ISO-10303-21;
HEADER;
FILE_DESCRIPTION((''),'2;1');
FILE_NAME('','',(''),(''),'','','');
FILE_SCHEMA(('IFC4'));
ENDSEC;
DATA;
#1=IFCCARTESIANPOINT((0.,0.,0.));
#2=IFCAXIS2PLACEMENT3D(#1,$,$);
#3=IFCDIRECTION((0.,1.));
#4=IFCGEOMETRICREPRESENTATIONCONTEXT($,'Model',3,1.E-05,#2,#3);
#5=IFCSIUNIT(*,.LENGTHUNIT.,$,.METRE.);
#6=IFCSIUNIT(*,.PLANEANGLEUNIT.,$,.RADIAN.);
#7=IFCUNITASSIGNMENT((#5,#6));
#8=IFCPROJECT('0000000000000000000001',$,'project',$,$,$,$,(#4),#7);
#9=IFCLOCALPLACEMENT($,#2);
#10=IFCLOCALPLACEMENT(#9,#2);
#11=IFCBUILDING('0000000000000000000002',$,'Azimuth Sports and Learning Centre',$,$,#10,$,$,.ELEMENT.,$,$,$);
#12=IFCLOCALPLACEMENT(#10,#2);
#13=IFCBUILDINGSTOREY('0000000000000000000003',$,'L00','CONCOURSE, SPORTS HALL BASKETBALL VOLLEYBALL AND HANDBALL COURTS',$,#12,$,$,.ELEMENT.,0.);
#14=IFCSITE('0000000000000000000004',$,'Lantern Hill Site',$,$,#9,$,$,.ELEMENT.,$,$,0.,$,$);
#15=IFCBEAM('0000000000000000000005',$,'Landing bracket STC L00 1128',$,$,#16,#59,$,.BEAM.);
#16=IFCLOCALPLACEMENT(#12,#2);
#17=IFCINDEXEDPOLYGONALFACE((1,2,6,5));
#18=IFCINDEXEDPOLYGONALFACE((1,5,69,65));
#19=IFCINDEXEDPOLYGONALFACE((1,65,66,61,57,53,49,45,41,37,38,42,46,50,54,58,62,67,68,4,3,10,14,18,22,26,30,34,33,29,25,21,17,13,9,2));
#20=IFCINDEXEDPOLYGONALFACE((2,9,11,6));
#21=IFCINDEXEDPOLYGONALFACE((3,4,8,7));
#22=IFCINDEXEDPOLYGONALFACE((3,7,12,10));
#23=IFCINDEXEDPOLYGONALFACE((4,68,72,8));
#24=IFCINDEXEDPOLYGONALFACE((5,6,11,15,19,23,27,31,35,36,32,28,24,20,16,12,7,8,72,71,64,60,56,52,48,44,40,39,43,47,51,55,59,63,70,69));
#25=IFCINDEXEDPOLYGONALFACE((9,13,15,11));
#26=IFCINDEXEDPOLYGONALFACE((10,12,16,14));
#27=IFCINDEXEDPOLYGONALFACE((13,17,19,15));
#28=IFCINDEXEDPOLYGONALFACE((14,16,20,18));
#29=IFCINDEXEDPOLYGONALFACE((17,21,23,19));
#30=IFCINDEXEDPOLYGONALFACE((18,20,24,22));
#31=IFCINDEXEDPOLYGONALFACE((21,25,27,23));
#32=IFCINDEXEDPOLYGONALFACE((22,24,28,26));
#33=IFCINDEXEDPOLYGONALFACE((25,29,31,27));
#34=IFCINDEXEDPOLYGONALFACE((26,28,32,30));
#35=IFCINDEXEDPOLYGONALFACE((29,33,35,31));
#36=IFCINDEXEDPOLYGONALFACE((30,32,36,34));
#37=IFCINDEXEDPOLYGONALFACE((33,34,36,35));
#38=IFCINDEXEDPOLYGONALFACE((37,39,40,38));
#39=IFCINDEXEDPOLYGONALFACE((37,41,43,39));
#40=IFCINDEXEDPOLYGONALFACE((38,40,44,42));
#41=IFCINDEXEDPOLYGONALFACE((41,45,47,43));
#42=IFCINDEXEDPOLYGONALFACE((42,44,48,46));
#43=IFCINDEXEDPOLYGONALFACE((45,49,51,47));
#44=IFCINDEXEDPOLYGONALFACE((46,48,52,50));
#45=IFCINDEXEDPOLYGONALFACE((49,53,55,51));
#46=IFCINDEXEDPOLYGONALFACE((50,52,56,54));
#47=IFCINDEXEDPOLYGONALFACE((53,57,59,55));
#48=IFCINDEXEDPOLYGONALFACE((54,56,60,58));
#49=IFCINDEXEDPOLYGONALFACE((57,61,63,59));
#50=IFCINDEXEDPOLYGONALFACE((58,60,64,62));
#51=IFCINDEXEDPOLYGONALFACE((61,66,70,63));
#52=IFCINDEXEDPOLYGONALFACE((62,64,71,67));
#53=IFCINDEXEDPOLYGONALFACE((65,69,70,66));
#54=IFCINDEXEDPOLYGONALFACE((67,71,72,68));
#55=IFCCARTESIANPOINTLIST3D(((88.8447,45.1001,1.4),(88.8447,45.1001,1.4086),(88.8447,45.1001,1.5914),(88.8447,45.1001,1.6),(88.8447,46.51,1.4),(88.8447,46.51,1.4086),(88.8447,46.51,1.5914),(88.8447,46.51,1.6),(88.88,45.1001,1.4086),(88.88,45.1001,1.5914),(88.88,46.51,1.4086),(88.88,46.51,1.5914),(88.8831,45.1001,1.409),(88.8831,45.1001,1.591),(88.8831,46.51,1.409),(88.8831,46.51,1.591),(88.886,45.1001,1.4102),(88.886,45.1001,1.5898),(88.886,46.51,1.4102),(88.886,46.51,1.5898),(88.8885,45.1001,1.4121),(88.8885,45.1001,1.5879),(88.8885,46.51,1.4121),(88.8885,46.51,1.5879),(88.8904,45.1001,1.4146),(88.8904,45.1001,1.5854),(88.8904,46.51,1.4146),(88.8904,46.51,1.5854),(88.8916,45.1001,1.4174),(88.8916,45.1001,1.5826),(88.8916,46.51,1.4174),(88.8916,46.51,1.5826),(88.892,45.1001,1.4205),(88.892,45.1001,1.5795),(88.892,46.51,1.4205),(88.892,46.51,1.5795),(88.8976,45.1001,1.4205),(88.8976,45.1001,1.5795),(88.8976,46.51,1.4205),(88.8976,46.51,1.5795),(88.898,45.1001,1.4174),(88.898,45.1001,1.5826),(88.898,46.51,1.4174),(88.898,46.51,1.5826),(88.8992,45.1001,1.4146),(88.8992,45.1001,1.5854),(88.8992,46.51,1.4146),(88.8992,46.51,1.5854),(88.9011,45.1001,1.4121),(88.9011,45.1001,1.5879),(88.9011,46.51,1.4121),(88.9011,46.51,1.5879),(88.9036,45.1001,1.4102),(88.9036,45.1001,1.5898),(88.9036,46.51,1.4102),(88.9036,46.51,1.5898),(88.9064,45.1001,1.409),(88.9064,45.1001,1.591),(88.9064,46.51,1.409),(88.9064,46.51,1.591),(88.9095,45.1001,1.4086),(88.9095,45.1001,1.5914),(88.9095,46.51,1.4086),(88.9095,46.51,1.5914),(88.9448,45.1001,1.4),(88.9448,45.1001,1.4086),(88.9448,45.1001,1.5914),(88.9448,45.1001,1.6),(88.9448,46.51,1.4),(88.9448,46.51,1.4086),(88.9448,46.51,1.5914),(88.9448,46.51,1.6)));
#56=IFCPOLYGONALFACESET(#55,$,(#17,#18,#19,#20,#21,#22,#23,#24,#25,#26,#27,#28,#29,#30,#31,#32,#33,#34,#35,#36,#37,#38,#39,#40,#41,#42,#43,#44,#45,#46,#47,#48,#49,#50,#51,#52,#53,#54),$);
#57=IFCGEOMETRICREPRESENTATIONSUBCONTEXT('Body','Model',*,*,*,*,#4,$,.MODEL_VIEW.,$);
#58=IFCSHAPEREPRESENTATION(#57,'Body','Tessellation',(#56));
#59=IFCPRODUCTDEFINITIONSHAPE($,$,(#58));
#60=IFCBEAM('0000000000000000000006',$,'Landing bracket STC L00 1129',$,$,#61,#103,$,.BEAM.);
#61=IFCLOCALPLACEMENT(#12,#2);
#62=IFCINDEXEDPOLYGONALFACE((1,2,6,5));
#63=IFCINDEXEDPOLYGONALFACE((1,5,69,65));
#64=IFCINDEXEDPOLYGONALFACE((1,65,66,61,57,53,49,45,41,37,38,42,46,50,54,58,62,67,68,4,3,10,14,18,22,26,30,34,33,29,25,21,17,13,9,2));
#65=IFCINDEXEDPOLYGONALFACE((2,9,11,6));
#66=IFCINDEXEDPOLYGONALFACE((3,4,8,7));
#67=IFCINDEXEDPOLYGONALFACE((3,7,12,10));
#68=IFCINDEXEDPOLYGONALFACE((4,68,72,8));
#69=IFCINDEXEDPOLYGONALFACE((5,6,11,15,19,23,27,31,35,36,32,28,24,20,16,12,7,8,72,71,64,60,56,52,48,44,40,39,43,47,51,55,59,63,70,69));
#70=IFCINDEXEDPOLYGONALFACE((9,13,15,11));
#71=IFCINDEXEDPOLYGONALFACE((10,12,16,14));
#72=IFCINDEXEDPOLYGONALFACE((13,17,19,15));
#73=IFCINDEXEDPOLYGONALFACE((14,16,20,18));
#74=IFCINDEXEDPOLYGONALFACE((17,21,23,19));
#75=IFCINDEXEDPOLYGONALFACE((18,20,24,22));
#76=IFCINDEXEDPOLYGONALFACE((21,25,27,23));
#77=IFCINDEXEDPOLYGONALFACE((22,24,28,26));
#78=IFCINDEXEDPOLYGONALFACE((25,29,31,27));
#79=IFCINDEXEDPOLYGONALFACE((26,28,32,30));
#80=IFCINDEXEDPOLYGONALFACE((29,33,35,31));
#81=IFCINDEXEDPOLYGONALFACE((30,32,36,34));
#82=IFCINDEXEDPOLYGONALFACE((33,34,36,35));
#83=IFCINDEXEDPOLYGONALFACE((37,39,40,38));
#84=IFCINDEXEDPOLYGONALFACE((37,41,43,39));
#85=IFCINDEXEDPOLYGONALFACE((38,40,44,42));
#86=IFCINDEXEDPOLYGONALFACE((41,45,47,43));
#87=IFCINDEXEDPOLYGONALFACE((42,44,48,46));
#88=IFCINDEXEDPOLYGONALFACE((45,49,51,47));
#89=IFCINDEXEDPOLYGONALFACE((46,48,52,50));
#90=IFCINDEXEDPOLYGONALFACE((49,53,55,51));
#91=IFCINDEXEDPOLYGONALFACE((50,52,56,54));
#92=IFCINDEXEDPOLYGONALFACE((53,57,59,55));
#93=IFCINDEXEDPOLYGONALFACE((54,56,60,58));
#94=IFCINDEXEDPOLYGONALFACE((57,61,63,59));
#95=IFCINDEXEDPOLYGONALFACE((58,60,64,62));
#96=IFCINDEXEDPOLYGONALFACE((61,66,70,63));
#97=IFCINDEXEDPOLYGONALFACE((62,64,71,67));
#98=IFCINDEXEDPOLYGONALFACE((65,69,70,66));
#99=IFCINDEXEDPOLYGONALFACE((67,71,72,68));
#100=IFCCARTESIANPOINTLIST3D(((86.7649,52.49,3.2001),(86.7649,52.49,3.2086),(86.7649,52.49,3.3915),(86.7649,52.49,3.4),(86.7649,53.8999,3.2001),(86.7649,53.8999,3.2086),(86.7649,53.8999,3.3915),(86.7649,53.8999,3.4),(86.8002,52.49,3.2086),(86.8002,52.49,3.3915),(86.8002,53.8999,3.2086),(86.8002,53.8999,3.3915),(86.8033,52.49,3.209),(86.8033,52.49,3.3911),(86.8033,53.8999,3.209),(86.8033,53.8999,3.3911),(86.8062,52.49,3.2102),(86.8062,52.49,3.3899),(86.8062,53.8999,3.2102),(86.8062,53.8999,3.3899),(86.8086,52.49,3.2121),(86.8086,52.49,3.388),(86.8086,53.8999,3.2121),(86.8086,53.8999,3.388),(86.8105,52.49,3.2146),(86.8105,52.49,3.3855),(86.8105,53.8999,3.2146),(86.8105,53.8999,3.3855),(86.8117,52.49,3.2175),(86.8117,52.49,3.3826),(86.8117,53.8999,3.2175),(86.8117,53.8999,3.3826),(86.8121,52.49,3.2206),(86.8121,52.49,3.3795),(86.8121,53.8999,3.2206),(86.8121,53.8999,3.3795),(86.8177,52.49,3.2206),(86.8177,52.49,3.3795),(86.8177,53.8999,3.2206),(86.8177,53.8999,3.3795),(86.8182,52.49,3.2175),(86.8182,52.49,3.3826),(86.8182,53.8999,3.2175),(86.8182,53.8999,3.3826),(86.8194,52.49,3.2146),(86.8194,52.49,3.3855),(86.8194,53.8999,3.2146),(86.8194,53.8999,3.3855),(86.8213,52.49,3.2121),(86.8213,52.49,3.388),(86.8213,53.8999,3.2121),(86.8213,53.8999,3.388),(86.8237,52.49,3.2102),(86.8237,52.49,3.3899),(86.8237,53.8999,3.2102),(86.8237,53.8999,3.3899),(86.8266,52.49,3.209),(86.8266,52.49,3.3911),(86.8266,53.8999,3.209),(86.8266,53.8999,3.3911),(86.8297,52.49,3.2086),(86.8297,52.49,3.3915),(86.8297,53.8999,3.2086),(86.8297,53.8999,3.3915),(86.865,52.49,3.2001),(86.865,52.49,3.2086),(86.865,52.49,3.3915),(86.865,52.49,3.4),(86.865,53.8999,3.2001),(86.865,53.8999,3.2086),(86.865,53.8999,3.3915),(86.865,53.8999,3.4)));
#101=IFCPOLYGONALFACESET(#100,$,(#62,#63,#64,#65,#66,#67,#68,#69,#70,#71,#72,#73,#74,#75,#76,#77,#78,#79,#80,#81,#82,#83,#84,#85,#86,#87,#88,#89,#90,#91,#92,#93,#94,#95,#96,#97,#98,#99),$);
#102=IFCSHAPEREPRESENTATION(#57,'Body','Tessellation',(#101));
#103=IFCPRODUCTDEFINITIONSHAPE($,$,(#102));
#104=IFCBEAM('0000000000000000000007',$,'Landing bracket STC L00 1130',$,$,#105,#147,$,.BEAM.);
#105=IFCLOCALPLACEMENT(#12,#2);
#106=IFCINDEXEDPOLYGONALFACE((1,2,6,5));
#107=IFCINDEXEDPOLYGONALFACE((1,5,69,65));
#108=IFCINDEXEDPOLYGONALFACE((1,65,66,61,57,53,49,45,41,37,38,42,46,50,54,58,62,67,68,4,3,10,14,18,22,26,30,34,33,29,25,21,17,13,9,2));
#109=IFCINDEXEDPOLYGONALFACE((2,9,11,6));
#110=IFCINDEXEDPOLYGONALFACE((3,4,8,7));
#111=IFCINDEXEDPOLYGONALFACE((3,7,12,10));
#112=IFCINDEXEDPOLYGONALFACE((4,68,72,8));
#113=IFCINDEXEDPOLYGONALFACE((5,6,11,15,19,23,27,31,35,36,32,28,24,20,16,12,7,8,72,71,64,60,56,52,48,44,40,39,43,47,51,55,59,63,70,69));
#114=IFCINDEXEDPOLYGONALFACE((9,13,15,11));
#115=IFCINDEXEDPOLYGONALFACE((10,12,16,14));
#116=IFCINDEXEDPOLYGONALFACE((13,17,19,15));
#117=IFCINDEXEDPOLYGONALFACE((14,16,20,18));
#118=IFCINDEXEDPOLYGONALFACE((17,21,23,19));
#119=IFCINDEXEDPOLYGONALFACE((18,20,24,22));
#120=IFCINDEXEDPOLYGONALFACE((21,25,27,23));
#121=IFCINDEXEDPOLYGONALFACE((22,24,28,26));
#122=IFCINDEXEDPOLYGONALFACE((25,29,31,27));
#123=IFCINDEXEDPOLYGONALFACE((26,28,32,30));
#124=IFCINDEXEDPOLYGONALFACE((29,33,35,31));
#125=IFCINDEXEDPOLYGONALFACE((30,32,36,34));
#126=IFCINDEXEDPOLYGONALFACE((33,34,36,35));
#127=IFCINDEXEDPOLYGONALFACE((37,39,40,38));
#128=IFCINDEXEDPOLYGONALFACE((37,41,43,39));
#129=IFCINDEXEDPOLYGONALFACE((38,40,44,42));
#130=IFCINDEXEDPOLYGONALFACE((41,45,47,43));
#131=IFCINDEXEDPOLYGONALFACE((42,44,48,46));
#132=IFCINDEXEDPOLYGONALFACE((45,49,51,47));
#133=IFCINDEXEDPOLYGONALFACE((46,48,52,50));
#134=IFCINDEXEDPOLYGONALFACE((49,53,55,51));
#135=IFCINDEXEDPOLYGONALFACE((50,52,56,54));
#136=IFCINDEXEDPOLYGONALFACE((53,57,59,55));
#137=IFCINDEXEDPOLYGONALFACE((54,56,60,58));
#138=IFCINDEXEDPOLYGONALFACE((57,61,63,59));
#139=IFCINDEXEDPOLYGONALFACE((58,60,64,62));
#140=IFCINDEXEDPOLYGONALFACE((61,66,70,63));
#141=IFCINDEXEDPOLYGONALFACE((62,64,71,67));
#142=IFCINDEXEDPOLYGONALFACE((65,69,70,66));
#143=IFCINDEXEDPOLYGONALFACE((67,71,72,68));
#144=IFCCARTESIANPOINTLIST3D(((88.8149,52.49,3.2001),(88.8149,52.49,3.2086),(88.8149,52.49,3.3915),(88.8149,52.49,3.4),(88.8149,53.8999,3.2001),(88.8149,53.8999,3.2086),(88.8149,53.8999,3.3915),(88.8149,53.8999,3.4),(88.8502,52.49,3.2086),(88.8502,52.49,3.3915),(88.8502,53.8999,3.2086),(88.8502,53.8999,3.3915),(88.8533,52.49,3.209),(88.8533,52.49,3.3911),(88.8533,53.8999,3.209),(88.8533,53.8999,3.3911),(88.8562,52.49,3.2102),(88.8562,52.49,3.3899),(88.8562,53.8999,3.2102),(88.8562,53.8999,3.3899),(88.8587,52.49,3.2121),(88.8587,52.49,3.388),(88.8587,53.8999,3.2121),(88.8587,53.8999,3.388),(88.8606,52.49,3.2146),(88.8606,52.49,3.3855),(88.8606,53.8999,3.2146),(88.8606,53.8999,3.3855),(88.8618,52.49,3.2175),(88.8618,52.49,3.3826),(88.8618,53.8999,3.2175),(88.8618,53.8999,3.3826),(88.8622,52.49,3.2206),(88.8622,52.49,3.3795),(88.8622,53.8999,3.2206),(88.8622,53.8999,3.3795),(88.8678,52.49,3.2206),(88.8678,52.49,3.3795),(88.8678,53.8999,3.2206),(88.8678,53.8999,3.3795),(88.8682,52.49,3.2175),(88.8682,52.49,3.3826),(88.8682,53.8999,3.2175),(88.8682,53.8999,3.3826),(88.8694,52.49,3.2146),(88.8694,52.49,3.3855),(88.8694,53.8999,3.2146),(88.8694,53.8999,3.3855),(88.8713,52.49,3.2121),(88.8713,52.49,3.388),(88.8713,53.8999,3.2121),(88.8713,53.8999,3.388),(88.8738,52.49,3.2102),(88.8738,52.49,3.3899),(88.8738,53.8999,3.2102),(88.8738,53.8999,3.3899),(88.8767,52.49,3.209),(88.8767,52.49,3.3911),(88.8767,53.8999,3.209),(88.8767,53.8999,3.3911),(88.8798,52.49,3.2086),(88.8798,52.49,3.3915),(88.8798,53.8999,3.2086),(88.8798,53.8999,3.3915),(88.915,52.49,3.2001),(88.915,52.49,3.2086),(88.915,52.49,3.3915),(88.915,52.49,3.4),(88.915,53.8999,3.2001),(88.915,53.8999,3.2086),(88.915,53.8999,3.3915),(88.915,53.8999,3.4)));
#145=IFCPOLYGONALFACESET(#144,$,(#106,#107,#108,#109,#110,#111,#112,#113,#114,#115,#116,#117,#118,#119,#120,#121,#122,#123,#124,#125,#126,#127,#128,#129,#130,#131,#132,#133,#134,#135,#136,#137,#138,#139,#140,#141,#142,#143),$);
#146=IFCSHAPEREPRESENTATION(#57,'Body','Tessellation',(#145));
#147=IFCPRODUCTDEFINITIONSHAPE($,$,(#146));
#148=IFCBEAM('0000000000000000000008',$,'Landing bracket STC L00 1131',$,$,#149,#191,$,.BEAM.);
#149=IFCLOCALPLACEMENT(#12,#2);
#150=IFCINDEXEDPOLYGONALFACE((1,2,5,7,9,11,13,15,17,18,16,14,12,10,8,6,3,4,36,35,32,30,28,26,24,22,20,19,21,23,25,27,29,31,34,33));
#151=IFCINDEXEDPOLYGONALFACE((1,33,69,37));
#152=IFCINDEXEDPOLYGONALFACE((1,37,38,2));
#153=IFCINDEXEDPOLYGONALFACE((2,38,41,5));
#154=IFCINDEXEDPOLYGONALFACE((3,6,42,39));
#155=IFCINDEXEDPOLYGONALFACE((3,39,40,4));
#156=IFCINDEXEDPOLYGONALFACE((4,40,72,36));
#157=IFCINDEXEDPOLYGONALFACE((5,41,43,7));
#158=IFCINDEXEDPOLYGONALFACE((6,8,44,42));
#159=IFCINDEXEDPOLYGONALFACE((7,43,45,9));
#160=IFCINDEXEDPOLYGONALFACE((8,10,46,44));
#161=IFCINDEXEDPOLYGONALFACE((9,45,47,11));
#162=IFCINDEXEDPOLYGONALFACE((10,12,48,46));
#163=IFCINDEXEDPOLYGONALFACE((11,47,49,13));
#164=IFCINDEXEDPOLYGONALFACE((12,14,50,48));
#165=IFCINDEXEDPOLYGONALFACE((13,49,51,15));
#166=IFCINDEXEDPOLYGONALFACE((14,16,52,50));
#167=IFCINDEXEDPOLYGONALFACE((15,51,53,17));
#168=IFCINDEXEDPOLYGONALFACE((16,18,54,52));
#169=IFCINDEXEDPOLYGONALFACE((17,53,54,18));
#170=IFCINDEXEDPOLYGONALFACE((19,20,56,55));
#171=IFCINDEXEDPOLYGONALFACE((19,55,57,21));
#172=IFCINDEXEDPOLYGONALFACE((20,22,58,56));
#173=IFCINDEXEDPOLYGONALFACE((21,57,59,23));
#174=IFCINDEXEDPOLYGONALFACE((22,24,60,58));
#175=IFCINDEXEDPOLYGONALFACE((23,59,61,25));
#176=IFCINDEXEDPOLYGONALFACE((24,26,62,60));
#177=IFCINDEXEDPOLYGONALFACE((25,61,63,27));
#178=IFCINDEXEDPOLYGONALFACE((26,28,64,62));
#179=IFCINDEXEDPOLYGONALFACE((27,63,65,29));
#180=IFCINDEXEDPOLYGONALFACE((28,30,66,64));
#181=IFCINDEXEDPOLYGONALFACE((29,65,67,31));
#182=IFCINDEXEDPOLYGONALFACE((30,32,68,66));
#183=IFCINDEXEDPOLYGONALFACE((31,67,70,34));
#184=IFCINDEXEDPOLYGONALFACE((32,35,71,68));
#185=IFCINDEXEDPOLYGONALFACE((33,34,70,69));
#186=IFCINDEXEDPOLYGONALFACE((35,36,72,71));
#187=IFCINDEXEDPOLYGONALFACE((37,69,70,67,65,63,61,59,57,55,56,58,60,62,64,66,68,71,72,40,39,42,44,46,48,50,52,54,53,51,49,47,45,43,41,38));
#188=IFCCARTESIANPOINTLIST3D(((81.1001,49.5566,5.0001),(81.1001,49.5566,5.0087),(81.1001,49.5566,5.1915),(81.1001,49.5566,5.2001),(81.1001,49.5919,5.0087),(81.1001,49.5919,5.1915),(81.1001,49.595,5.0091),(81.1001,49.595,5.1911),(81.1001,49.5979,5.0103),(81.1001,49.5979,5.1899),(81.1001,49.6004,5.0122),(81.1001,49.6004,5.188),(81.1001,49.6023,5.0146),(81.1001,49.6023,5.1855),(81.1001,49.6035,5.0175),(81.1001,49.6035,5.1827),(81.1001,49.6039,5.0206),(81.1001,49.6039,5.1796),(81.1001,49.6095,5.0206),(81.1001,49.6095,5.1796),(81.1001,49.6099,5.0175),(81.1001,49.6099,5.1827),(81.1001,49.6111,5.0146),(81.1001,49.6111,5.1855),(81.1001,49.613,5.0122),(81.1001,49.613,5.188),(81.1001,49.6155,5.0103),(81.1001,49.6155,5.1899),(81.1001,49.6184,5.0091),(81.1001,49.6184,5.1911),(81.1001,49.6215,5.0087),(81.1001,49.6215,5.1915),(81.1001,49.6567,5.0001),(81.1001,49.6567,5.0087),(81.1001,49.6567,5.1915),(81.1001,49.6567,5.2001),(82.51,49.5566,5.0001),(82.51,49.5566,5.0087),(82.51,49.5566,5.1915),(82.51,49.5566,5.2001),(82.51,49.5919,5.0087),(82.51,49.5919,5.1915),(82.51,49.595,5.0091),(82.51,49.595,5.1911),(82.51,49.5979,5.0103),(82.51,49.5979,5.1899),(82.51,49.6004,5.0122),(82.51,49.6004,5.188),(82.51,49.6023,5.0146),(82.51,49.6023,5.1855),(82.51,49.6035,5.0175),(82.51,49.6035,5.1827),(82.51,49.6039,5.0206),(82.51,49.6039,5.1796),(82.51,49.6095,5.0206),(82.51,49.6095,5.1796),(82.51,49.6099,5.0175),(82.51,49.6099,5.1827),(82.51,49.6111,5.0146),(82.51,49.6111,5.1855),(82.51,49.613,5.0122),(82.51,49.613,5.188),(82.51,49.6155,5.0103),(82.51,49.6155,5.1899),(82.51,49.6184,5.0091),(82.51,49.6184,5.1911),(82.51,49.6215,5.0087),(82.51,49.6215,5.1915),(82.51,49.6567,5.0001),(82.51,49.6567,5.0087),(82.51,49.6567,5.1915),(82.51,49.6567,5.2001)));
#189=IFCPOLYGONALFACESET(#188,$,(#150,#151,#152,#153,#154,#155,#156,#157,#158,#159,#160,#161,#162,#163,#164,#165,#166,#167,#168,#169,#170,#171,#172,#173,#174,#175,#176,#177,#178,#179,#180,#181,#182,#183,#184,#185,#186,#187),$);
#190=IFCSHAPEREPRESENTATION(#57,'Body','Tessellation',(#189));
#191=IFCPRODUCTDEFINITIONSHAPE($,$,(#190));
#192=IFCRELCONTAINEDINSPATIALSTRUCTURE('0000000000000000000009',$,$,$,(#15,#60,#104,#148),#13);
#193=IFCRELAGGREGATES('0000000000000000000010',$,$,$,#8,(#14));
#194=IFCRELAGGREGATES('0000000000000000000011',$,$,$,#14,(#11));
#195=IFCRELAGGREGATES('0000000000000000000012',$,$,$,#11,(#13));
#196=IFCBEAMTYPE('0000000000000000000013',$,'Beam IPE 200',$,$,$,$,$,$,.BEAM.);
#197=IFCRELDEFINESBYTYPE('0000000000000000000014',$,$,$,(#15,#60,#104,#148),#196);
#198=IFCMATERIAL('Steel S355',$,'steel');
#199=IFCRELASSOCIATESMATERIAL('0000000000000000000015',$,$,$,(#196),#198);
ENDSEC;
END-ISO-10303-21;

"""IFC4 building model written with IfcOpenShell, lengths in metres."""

from ifc_helpers import new_model, si_unit, direction, frame, origin, origin_2d, place, context, subcontext, project, spatial, i_section, extrude, material, material_profile, profile_set, type_object, element, save


model = new_model("IFC4")

# Units and contexts
model_context = context("Model", 3, precision=1e-05, world=origin(), true_north=direction((0.0, 1.0)))
body_context = subcontext(model_context, "Body", "Model", "MODEL_VIEW")
ifc_project = project(units=[si_unit("LENGTHUNIT", "METRE"), si_unit("PLANEANGLEUNIT", "RADIAN")], contexts=[model_context])

# Site, building, storey
site_placement = place(None, origin())
site = spatial("IfcSite", under=ifc_project, at=site_placement, Name="Lantern Hill Site", CompositionType="ELEMENT", RefElevation=0.0)
building_placement = place(site_placement, origin())
building = spatial("IfcBuilding", under=site, at=building_placement, Name="Azimuth Sports and Learning Centre", CompositionType="ELEMENT")
storey_placement = place(building_placement, origin())
storey = spatial("IfcBuildingStorey", under=building, at=storey_placement, Name="L00", Description="CONCOURSE, SPORTS HALL BASKETBALL VOLLEYBALL AND HANDBALL COURTS", CompositionType="ELEMENT", Elevation=0.0)

# Beams
ifc_material_1 = material(Name="Steel S355", Category="steel")
ifc_material_profile_1 = material_profile(ifc_material_1, i_section(OverallWidth=0.1001, OverallDepth=0.2, WebThickness=0.0056, FlangeThickness=0.0085, FilletRadius=0.012, at=origin_2d()), Name="IPE 200")
ifc_profile_set_1 = profile_set([ifc_material_profile_1], Name="Steel S355")
beam_type = type_object("IfcBeamType", Name="Beam IPE 200", PredefinedType="BEAM", material=ifc_profile_set_1)
for number, where, z_axis, x_axis, name in (
    (1, (88.8948, 45.1001, 1.5), (0.0, 1.0, 0.0), (-1.0, 0.0, 0.0), "Landing bracket STC L00 1128"),
    (2, (86.8149, 53.8999, 3.3), (0.0, -1.0, 0.0), (1.0, 0.0, 0.0), "Landing bracket STC L00 1129"),
    (3, (88.865, 53.8999, 3.3), (0.0, -1.0, 0.0), (1.0, 0.0, 0.0), "Landing bracket STC L00 1130"),
    (4, (81.1001, 49.6067, 5.1001), (1.0, 0.0, 0.0), (0.0, 1.0, 0.0), "Landing bracket STC L00 1131"),
):
    element("IfcBeam", number, at=place(storey_placement, frame(where, z_axis=z_axis, x_axis=x_axis)), inside=storey, type_object=beam_type, Name=name, PredefinedType="BEAM", context=body_context, shape_type="SweptSolid", body=[
        extrude(i_section(OverallWidth=0.1001, OverallDepth=0.2, WebThickness=0.0056, FlangeThickness=0.0085, FilletRadius=0.012, at=origin_2d()), origin(), (0.0, 0.0, 1.0), 1.4099),
    ])

save(model, "model.ifc")
